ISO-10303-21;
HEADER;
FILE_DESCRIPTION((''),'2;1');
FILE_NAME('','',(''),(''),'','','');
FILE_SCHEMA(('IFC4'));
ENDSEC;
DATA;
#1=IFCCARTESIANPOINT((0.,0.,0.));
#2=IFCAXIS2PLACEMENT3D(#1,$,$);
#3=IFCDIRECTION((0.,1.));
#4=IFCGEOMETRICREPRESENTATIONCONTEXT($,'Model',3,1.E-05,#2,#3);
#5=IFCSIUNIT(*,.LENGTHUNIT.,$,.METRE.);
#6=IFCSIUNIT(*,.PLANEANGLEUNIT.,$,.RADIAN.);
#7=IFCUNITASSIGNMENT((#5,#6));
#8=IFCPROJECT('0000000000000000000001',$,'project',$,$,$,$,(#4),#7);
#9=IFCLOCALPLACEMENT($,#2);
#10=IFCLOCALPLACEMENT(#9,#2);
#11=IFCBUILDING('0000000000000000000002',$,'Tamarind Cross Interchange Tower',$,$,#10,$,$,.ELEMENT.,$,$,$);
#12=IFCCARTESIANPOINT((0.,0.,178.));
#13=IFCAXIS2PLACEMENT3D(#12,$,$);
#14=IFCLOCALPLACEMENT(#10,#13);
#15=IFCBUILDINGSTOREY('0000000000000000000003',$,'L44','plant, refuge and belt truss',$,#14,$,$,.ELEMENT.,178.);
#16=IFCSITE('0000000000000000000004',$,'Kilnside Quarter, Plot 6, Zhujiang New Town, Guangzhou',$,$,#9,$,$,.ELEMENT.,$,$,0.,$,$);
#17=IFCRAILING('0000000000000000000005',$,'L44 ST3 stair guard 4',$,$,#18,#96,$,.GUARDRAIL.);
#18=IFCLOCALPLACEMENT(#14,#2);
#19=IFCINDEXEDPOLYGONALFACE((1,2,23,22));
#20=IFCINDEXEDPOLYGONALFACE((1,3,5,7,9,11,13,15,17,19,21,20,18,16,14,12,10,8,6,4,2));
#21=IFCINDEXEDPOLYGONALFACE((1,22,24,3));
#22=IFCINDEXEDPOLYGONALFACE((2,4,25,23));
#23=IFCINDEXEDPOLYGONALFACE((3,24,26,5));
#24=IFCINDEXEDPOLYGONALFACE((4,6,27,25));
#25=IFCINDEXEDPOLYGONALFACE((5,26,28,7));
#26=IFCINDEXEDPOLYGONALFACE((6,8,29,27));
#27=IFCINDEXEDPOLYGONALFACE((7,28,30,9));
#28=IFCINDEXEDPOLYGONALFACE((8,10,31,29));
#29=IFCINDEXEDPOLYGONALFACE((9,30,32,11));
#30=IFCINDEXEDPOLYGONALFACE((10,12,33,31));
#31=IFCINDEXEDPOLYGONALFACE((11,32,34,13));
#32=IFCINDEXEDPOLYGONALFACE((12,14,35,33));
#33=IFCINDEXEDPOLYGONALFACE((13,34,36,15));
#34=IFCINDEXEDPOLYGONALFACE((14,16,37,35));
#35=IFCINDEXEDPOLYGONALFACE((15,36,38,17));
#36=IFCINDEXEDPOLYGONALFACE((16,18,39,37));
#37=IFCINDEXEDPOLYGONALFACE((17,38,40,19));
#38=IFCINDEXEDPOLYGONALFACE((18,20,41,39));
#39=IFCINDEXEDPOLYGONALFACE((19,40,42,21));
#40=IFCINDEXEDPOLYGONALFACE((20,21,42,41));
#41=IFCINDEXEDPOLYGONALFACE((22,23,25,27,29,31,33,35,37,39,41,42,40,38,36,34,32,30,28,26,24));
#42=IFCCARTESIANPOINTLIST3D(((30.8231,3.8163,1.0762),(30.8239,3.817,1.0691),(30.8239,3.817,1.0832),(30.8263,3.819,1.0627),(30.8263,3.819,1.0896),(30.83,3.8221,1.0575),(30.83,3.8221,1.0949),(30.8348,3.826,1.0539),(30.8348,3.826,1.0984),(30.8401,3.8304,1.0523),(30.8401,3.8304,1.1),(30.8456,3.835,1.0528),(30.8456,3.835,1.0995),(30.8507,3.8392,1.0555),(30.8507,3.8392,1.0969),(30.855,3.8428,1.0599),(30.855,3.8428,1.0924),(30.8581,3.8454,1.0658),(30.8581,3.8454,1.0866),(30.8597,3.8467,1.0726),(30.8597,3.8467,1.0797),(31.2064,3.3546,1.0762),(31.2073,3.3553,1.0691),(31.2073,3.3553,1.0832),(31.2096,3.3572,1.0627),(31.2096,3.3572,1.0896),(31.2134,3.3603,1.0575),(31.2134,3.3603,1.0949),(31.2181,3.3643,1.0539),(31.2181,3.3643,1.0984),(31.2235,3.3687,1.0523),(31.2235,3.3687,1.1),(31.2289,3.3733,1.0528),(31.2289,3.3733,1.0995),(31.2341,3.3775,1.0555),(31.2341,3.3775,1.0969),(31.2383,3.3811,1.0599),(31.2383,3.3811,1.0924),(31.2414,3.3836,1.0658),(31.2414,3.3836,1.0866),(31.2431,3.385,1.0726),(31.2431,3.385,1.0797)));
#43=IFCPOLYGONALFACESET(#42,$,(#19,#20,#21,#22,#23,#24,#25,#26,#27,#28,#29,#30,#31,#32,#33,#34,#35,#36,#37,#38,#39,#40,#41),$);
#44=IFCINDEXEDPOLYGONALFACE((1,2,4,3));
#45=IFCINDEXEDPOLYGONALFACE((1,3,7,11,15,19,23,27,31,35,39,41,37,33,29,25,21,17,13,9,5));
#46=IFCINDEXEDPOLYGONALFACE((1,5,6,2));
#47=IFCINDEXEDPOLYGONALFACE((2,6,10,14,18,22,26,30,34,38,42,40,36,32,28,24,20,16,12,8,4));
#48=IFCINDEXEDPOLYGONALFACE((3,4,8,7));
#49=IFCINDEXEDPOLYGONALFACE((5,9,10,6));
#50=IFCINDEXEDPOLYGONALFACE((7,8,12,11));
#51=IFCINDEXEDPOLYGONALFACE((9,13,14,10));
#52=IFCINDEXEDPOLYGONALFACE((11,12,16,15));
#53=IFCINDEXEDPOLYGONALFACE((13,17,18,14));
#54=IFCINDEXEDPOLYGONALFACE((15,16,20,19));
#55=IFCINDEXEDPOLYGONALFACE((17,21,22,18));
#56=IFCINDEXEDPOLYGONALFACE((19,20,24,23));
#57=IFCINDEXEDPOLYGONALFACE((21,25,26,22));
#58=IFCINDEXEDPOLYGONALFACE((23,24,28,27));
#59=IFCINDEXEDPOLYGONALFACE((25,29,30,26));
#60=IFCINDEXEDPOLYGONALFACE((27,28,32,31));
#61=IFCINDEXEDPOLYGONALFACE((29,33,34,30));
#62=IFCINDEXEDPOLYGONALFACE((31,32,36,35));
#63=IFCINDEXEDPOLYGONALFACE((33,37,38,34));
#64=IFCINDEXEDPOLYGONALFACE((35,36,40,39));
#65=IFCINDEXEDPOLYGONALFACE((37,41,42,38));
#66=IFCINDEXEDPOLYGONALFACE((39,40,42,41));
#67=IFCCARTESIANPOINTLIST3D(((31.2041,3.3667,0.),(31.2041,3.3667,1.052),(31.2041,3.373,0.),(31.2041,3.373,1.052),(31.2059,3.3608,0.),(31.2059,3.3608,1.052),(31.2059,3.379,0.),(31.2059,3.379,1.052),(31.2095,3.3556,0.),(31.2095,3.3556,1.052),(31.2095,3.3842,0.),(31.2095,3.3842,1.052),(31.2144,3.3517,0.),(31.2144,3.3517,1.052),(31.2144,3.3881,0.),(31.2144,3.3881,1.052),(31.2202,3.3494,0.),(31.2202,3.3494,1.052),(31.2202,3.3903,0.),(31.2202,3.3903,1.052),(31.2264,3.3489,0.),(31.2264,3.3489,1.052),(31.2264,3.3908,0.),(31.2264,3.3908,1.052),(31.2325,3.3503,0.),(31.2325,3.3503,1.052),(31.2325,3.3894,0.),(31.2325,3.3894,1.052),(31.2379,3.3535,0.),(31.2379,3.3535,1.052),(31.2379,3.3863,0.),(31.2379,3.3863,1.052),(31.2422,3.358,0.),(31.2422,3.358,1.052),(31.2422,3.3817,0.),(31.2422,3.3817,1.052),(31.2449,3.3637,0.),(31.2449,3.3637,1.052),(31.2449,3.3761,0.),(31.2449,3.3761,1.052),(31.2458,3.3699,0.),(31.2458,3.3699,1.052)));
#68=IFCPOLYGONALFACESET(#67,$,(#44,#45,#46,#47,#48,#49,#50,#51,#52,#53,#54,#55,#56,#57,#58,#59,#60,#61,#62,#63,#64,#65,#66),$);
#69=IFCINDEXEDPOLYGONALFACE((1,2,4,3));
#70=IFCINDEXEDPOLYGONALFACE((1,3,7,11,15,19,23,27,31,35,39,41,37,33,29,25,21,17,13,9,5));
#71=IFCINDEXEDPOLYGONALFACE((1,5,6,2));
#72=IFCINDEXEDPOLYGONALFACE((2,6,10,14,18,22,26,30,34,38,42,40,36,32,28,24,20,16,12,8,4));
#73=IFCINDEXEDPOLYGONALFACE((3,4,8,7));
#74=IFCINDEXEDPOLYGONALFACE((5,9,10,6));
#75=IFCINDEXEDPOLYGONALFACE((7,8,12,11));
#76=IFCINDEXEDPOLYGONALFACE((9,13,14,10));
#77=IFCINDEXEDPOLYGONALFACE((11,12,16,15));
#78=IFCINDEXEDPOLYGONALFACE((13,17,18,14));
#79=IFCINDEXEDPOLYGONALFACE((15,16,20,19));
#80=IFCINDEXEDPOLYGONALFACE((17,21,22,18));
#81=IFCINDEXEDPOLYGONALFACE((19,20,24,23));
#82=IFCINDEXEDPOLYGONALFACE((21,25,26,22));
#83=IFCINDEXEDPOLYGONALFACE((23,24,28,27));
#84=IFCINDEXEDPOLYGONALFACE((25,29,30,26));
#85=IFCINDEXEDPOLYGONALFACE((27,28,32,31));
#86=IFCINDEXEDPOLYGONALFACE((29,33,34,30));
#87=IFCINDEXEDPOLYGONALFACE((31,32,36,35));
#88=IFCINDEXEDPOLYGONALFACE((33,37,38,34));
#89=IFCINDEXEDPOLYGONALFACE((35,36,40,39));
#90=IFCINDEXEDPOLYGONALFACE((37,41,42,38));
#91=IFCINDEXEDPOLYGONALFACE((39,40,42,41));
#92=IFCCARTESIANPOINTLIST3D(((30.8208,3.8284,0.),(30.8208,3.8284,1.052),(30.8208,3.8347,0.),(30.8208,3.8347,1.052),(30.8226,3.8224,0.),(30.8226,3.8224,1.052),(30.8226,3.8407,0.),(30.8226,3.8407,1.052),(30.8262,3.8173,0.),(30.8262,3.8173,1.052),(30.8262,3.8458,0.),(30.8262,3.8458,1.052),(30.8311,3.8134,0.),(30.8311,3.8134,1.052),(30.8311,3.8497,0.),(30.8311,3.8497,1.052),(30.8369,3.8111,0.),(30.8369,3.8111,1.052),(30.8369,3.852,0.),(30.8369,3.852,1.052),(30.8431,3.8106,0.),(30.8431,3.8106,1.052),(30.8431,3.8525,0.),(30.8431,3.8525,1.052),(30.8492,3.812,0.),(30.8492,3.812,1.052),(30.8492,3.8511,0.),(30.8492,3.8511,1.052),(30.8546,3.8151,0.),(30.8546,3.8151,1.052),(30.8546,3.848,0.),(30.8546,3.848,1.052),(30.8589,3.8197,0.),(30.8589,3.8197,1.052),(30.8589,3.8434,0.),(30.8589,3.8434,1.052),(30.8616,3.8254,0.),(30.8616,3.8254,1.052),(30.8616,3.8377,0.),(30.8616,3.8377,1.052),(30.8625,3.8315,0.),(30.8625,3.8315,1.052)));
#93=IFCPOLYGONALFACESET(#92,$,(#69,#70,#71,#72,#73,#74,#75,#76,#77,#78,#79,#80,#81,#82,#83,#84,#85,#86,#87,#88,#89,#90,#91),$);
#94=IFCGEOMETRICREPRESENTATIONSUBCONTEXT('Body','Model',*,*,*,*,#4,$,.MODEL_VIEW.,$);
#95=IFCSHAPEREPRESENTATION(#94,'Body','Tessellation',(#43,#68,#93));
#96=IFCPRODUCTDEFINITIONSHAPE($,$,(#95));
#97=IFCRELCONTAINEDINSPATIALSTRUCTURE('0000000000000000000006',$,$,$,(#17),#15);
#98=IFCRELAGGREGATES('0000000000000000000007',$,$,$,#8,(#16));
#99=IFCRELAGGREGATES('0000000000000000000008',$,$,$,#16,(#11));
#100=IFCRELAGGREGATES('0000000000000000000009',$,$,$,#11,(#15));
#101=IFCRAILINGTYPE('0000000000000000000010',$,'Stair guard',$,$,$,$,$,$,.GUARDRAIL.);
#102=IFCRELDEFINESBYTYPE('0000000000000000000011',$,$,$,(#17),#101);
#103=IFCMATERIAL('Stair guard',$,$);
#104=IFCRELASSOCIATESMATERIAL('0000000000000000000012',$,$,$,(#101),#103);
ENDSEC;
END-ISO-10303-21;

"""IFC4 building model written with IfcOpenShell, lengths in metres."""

from ifc_helpers import new_model, si_unit, direction, frame, origin, origin_2d, place, context, subcontext, project, spatial, circle, extrude, material, type_object, element, save


model = new_model("IFC4")

# Units and contexts
model_context = context("Model", 3, precision=1e-05, world=origin(), true_north=direction((0.0, 1.0)))
body_context = subcontext(model_context, "Body", "Model", "MODEL_VIEW")
ifc_project = project(units=[si_unit("LENGTHUNIT", "METRE"), si_unit("PLANEANGLEUNIT", "RADIAN")], contexts=[model_context])

# Site, building, storey
site_placement = place(None, origin())
site = spatial("IfcSite", under=ifc_project, at=site_placement, Name="Kilnside Quarter, Plot 6, Zhujiang New Town, Guangzhou", CompositionType="ELEMENT", RefElevation=0.0)
building_placement = place(site_placement, origin())
building = spatial("IfcBuilding", under=site, at=building_placement, Name="Tamarind Cross Interchange Tower", CompositionType="ELEMENT")
storey_placement = place(building_placement, frame((0.0, 0.0, 178.0)))
storey = spatial("IfcBuildingStorey", under=building, at=storey_placement, Name="L44", Description="plant, refuge and belt truss", CompositionType="ELEMENT", Elevation=178.0)

# Railing
ifc_material_1 = material(Name="Stair guard")
railing_type = type_object("IfcRailingType", Name="Stair guard", PredefinedType="GUARDRAIL", material=ifc_material_1)
railing_1_placement = place(storey_placement, frame((31.2249, 3.3699, 0.0)))
element("IfcRailing", 1, at=railing_1_placement, inside=storey, type_object=railing_type, Name="L44 ST3 stair guard 4", PredefinedType="GUARDRAIL", context=body_context, shape_type="SweptSolid", body=[
    extrude(circle(Radius=0.0239, at=origin_2d()), frame((0.0, 0.0, 1.0762), z_axis=(-0.638783, 0.769387, 0.0), x_axis=(-0.769387, -0.638783, 0.0)), (0.0, 0.0, 1.0), 0.6001),
    extrude(circle(Radius=0.021, at=origin_2d()), origin(), (0.0, 0.0, 1.0), 1.052),
    extrude(circle(Radius=0.021, at=origin_2d()), frame((-0.3833, 0.4617, 0.0)), (0.0, 0.0, 1.0), 1.052),
])

save(model, "model.ifc")
